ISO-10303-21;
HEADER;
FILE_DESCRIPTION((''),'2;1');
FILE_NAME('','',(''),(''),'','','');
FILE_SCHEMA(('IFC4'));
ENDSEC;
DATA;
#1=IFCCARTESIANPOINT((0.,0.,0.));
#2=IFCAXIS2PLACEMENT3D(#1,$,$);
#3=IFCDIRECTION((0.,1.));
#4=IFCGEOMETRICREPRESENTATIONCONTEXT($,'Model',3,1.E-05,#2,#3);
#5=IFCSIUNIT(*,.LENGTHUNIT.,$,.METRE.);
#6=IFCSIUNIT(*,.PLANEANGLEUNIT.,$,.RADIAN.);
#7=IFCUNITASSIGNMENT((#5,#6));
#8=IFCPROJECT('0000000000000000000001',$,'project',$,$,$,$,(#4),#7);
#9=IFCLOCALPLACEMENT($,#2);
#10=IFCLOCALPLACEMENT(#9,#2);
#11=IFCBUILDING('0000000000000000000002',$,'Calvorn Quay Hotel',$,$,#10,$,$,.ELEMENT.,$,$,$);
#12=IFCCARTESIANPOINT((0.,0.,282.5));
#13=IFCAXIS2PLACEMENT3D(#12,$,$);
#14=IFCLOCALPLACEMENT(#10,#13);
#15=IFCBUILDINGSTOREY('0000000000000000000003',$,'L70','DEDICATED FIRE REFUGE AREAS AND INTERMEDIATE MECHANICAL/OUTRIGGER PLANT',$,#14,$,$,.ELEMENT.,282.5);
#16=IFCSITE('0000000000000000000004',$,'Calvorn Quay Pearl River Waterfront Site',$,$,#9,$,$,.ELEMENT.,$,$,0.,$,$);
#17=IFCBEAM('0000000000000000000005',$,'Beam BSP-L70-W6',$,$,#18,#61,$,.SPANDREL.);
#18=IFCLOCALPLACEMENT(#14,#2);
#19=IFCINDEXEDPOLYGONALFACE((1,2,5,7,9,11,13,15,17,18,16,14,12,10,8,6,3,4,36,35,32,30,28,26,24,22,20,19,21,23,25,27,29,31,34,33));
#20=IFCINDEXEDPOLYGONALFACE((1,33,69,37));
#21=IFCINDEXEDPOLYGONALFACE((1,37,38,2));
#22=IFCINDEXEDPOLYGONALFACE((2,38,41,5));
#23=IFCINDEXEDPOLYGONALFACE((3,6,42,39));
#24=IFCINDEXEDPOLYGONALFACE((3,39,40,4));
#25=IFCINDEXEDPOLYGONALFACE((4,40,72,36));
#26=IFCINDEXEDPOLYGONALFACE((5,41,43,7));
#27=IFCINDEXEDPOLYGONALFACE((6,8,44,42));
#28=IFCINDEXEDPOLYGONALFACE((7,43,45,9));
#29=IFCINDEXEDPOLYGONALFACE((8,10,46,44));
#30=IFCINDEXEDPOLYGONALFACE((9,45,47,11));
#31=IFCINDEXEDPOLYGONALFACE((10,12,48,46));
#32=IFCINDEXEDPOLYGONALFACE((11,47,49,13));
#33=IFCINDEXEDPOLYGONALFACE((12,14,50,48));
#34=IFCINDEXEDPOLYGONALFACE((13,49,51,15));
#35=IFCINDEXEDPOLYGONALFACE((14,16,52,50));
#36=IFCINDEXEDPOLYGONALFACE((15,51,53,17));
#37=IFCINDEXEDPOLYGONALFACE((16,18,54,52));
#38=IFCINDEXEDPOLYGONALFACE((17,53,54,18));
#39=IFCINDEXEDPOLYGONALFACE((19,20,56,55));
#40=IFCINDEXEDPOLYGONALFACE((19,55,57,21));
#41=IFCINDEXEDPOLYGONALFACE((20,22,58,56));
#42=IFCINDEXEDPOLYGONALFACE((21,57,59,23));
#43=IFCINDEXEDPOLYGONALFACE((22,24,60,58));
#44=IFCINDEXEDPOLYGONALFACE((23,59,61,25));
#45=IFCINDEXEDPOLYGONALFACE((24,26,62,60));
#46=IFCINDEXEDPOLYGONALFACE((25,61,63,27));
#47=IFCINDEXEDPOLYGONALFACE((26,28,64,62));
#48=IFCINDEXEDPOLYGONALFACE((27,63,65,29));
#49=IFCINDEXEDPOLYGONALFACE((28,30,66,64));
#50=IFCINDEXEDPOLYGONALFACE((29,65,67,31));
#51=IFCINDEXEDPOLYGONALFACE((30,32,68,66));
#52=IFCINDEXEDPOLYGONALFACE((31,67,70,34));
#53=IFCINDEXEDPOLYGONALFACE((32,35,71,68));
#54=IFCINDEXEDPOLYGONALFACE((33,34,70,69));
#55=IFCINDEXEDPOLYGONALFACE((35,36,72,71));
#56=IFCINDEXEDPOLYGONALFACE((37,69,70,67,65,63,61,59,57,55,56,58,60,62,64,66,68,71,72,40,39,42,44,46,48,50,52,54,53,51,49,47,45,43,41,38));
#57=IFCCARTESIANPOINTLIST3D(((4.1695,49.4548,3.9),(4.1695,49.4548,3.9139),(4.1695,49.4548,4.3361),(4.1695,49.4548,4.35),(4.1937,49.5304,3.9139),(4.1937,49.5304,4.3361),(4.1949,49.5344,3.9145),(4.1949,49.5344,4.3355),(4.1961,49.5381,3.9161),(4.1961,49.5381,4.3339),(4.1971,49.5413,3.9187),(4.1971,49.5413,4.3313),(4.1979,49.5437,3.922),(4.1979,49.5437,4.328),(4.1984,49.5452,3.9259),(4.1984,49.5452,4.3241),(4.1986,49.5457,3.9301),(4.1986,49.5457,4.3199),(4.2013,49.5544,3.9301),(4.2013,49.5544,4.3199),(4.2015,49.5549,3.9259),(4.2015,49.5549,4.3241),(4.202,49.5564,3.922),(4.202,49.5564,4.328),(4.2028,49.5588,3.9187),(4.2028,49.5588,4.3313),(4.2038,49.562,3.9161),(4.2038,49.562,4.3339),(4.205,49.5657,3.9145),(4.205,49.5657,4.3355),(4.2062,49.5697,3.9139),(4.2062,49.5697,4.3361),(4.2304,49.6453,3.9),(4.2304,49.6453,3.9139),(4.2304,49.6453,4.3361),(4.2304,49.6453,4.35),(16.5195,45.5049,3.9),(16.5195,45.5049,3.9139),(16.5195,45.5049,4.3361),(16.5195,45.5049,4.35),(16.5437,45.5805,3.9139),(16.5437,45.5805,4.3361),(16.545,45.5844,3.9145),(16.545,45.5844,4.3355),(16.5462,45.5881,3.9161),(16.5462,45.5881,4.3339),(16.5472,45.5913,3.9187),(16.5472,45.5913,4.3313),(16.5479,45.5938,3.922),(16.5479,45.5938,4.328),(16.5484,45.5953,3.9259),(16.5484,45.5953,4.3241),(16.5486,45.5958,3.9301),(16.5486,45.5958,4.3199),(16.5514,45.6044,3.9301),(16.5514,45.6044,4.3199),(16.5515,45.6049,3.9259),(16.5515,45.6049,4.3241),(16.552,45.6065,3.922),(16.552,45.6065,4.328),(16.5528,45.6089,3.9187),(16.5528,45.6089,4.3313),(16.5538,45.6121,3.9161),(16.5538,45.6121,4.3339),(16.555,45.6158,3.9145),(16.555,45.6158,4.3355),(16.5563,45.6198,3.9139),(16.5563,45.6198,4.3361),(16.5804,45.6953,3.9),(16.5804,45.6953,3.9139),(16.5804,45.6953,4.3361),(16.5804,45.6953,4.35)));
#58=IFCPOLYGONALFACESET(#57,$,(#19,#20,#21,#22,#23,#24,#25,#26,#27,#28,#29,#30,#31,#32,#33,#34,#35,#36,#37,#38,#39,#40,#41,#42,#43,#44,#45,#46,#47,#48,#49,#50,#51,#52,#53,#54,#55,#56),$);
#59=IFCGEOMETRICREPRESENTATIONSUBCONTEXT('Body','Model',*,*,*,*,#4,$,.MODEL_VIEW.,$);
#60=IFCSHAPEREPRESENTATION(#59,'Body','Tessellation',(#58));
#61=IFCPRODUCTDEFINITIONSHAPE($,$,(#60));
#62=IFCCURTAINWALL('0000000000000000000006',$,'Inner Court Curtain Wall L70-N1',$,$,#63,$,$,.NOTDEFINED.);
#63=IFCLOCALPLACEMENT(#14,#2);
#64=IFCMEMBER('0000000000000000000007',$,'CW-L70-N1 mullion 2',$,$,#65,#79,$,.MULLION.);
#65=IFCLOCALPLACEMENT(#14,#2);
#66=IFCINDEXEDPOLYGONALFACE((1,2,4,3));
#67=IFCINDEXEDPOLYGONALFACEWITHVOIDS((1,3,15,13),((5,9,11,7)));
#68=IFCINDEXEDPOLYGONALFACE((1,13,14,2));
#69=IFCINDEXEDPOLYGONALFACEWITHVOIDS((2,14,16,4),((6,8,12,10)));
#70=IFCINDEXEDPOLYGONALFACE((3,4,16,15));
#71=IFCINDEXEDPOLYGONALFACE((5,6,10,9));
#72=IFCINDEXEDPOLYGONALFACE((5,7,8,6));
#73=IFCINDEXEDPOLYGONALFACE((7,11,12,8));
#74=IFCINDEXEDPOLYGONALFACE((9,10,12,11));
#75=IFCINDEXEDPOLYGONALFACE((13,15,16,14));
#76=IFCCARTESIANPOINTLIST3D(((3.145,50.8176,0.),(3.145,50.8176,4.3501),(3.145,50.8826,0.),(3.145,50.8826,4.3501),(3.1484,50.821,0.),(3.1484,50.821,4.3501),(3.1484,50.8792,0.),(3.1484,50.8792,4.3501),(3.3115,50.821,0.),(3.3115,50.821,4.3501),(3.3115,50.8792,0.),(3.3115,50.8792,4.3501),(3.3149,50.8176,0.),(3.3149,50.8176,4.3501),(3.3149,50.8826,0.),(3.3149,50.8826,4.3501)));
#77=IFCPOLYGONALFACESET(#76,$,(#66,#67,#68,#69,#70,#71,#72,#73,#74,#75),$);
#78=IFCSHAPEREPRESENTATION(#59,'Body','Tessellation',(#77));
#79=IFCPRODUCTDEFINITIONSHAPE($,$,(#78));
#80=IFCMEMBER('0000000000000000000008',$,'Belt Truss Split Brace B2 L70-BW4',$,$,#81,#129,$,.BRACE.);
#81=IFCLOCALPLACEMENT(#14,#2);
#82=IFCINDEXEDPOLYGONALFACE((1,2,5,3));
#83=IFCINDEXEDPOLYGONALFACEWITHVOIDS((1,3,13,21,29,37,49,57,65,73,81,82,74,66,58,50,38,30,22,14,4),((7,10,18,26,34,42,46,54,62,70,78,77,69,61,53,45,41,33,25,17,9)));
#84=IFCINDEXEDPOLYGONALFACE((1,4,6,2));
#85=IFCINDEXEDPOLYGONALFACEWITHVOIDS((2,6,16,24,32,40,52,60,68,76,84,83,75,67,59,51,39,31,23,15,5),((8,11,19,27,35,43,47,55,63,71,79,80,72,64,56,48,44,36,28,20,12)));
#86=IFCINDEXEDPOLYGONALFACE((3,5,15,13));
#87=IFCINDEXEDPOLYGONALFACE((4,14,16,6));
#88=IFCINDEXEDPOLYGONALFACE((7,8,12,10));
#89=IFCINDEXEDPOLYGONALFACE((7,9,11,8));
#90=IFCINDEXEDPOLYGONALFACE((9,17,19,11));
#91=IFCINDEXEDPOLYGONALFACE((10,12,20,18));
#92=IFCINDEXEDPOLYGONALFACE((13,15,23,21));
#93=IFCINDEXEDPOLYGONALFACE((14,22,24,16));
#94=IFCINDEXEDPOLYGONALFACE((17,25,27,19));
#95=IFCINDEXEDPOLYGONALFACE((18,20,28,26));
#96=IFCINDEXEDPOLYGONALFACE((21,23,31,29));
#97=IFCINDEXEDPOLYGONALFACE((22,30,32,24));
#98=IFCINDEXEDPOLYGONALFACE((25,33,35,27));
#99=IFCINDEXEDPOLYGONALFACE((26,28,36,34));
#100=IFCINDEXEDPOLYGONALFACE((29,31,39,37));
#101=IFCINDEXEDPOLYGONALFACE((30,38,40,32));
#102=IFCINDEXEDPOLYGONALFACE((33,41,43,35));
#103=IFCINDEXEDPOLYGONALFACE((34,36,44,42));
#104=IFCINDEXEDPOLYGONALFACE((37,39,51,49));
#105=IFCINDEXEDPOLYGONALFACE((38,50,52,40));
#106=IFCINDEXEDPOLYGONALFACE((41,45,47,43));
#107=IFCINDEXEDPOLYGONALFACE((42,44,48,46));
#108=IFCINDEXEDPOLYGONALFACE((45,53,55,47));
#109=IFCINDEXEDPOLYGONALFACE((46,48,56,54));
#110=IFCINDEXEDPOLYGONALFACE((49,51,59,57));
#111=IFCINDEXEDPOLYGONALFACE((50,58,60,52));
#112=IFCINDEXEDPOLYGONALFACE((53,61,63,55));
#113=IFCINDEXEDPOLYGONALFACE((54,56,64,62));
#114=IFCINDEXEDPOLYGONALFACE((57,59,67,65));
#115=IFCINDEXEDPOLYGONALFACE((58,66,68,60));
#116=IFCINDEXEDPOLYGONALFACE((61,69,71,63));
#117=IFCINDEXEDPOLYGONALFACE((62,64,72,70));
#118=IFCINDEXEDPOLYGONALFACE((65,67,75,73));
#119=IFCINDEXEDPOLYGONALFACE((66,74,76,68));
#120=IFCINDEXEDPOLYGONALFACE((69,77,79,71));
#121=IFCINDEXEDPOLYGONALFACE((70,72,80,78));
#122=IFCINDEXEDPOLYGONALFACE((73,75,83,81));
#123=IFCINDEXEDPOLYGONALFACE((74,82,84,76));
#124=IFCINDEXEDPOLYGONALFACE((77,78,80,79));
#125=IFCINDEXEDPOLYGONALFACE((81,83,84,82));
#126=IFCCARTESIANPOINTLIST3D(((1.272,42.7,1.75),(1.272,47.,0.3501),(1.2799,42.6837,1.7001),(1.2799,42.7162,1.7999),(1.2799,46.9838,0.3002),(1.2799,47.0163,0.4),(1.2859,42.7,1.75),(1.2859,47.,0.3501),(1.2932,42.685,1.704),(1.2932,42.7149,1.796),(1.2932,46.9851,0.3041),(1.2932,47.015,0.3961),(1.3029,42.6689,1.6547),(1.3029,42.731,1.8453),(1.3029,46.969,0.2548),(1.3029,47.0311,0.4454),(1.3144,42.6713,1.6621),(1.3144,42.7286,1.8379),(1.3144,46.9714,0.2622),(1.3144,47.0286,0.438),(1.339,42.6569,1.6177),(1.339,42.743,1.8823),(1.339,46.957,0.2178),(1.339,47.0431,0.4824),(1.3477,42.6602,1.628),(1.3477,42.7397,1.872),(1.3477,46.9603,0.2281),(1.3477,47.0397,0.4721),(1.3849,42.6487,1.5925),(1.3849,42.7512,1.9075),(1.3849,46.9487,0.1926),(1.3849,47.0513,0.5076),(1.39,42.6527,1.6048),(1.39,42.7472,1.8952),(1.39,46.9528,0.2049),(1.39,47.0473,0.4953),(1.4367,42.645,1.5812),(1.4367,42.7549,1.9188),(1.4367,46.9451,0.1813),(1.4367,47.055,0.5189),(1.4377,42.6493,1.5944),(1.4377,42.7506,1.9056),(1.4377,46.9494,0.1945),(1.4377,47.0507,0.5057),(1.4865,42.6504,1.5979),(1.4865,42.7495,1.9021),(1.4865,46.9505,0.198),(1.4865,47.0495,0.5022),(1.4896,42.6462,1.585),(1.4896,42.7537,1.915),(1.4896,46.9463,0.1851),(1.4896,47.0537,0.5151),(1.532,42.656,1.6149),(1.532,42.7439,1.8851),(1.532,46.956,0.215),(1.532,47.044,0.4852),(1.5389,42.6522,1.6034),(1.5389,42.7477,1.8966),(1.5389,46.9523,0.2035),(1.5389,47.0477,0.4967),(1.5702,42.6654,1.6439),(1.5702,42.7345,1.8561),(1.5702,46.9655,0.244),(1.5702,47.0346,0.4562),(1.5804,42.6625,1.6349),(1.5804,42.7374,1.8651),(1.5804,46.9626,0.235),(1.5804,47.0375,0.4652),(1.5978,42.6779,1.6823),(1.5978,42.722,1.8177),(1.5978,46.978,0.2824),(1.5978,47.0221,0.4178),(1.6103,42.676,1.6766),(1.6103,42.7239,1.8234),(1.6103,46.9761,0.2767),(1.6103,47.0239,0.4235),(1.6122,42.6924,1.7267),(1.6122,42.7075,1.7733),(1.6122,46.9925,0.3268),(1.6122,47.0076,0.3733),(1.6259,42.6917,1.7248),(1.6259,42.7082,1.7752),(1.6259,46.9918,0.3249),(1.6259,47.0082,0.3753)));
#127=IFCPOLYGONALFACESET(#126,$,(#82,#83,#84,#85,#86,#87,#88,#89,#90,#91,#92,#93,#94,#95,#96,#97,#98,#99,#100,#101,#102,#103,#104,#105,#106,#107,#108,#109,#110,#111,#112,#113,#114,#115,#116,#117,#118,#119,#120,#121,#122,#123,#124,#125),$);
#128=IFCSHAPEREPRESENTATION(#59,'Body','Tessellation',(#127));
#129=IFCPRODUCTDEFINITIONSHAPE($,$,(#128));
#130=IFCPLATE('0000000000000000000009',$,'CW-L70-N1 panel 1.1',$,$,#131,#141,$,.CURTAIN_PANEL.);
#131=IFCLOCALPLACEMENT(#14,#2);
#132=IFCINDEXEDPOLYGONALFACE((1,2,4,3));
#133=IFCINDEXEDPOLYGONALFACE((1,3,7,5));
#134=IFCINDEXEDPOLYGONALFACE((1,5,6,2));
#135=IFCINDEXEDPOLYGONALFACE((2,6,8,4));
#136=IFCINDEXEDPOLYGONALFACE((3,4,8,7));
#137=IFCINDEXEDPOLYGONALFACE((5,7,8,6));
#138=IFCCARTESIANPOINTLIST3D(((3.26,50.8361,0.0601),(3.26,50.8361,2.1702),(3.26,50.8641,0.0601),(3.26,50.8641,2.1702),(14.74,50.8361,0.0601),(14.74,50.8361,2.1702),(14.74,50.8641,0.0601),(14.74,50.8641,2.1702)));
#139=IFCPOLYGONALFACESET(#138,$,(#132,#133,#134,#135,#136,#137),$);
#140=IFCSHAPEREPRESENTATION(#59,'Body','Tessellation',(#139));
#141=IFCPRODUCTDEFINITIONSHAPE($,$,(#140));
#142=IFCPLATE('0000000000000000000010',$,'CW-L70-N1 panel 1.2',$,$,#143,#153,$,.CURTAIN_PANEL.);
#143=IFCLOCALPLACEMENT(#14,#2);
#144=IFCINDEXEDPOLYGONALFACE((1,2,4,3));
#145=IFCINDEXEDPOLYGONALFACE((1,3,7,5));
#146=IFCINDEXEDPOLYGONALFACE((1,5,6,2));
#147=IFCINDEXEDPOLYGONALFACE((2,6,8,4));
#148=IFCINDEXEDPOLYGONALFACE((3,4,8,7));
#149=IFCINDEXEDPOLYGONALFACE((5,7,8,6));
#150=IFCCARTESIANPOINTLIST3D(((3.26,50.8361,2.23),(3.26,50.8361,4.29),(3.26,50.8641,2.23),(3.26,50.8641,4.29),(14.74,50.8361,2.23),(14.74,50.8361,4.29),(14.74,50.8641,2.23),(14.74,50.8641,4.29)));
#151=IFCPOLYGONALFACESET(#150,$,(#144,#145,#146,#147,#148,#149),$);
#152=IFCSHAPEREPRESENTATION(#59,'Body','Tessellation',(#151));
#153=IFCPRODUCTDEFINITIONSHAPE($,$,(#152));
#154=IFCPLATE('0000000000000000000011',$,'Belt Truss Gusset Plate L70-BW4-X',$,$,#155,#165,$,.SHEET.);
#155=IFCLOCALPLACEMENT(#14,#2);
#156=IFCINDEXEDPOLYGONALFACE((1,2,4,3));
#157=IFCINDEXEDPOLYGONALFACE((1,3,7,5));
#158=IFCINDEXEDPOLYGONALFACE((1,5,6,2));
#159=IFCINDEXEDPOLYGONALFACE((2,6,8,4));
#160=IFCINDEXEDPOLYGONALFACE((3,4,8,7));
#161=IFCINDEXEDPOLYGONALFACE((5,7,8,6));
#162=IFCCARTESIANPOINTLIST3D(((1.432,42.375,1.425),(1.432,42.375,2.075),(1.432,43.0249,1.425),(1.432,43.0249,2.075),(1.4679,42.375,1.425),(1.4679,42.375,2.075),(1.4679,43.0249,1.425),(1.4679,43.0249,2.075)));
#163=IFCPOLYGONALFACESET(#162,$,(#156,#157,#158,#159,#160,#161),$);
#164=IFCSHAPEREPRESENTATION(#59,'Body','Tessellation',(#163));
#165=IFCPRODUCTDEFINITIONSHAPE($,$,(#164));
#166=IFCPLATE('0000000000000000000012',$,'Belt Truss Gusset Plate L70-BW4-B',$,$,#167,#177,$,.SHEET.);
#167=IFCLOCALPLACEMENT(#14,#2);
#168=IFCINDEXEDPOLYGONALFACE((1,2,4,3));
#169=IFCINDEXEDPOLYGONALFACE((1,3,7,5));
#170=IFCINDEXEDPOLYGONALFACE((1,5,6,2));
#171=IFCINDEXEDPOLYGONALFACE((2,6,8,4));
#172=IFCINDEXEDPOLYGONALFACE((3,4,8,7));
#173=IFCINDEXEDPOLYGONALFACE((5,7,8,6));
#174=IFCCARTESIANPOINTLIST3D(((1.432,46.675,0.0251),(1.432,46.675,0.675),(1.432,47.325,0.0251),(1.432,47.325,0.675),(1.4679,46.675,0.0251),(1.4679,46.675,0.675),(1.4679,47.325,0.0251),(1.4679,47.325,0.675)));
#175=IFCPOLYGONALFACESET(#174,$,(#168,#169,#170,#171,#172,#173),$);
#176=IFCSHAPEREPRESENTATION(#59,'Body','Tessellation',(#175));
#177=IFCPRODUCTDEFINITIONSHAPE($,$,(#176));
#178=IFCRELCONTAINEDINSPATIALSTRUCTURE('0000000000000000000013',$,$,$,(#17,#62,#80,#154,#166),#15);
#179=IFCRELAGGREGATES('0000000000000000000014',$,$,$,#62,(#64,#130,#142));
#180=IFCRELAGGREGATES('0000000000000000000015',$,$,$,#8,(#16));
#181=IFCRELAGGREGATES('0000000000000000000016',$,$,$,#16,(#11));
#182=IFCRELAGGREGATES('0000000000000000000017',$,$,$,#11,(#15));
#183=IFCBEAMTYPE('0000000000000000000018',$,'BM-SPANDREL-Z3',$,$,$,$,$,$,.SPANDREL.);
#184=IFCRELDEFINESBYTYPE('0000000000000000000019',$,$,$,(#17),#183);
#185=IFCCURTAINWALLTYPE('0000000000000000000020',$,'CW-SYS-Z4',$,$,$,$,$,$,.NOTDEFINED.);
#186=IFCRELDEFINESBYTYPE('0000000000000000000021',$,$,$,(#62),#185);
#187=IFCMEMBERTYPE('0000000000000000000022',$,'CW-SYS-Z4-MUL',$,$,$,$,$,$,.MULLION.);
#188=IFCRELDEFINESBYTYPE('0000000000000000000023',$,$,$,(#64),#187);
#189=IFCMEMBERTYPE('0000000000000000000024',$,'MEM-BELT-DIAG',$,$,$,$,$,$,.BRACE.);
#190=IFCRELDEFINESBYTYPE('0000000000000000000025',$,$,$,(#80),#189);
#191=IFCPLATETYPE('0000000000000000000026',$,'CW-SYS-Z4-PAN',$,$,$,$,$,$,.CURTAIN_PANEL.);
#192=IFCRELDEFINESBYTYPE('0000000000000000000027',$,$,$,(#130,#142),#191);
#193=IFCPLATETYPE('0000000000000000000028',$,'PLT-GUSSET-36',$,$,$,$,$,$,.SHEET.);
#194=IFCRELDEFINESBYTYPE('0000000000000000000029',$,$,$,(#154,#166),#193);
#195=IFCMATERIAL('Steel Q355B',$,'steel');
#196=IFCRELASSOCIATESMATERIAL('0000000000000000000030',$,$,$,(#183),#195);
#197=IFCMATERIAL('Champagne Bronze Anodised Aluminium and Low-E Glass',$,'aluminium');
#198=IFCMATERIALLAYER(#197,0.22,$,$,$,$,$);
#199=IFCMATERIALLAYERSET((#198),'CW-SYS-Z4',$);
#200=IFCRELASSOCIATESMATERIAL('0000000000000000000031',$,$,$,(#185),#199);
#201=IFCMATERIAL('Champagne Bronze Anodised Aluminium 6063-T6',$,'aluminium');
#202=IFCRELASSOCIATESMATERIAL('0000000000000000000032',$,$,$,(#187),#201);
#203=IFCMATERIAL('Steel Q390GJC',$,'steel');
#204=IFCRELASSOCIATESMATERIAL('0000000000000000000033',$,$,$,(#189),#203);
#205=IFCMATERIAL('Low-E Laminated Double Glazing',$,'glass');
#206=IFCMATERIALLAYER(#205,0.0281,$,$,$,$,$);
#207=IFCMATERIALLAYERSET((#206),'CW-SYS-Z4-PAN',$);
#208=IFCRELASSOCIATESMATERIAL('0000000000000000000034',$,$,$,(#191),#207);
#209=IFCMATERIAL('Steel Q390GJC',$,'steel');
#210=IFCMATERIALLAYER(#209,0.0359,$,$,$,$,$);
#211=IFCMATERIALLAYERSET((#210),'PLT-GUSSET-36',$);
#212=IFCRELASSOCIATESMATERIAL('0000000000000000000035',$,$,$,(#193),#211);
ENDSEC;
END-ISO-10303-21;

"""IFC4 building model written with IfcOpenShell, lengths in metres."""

from ifc_helpers import new_model, si_unit, direction, frame, origin, origin_2d, place, context, subcontext, project, spatial, rectangle, hollow_rectangle, hollow_circle, i_section, extrude, material, layer, layer_set, material_profile, profile_set, type_object, element, aggregate, save


model = new_model("IFC4")

# Units and contexts
model_context = context("Model", 3, precision=1e-05, world=origin(), true_north=direction((0.0, 1.0)))
body_context = subcontext(model_context, "Body", "Model", "MODEL_VIEW")
ifc_project = project(units=[si_unit("LENGTHUNIT", "METRE"), si_unit("PLANEANGLEUNIT", "RADIAN")], contexts=[model_context])

# Site, building, storey
site_placement = place(None, origin())
site = spatial("IfcSite", under=ifc_project, at=site_placement, Name="Calvorn Quay Pearl River Waterfront Site", CompositionType="ELEMENT", RefElevation=0.0)
building_placement = place(site_placement, origin())
building = spatial("IfcBuilding", under=site, at=building_placement, Name="Calvorn Quay Hotel", CompositionType="ELEMENT")
storey_placement = place(building_placement, frame((0.0, 0.0, 282.5)))
storey = spatial("IfcBuildingStorey", under=building, at=storey_placement, Name="L70", Description="DEDICATED FIRE REFUGE AREAS AND INTERMEDIATE MECHANICAL/OUTRIGGER PLANT", CompositionType="ELEMENT", Elevation=282.5)

# Beam
ifc_material_1 = material(Name="Steel Q355B", Category="steel")
ifc_material_profile_1 = material_profile(ifc_material_1, i_section(OverallWidth=0.2, OverallDepth=0.45, WebThickness=0.009, FlangeThickness=0.0139, FilletRadius=0.0161, at=origin_2d()), Name="HN450x200x9x14")
ifc_profile_set_1 = profile_set([ifc_material_profile_1], Name="Steel Q355B")
beam_type_1 = type_object("IfcBeamType", Name="BM-SPANDREL-Z3", PredefinedType="SPANDREL", material=ifc_profile_set_1)
beam_1_placement = place(storey_placement, frame((4.2, 49.55, 4.125), z_axis=(0.952471, -0.30463, 0.0), x_axis=(0.30463, 0.952471, 0.0)))
element("IfcBeam", 1, at=beam_1_placement, inside=storey, type_object=beam_type_1, Name="Beam BSP-L70-W6", PredefinedType="SPANDREL", context=body_context, shape_type="SweptSolid", body=[
    extrude(i_section(OverallWidth=0.2, OverallDepth=0.45, WebThickness=0.009, FlangeThickness=0.0139, FilletRadius=0.0161, at=origin_2d()), origin(), (0.0, 0.0, 1.0), 12.9663),
])

# Curtain wall, member
ifc_material_2 = material(Name="Champagne Bronze Anodised Aluminium and Low-E Glass", Category="aluminium")
ifc_layer_1 = layer(ifc_material_2, 0.22)
ifc_layer_set_1 = layer_set([ifc_layer_1], Name="CW-SYS-Z4")
curtain_wall_type = type_object("IfcCurtainWallType", Name="CW-SYS-Z4", PredefinedType="NOTDEFINED", material=ifc_layer_set_1)
curtain_wall_placement = place(storey_placement, origin())
curtain_wall = element("IfcCurtainWall", 2, at=curtain_wall_placement, inside=storey, type_object=curtain_wall_type, Name="Inner Court Curtain Wall L70-N1", PredefinedType="NOTDEFINED")
ifc_material_3 = material(Name="Champagne Bronze Anodised Aluminium 6063-T6", Category="aluminium")
ifc_material_profile_2 = material_profile(ifc_material_3, hollow_rectangle(XDim=0.0649, YDim=0.1699, WallThickness=0.0034, at=origin_2d()), Name="ALU-M170x65x3.5")
ifc_profile_set_2 = profile_set([ifc_material_profile_2], Name="Champagne Bronze Anodised Aluminium 6063-T6")
member_type_1 = type_object("IfcMemberType", Name="CW-SYS-Z4-MUL", PredefinedType="MULLION", material=ifc_profile_set_2)
member_1_placement = place(storey_placement, frame((3.23, 50.8501, 0.0), z_axis=(0.0, 0.0, 1.0), x_axis=(0.0, -1.0, 0.0)))
member_1 = element("IfcMember", 3, at=member_1_placement, type_object=member_type_1, Name="CW-L70-N1 mullion 2", PredefinedType="MULLION", context=body_context, shape_type="SweptSolid", body=[
    extrude(hollow_rectangle(XDim=0.0649, YDim=0.1699, WallThickness=0.0034, at=origin_2d()), origin(), (0.0, 0.0, 1.0), 4.3501),
])

# Member
ifc_material_4 = material(Name="Steel Q390GJC", Category="steel")
ifc_material_profile_3 = material_profile(ifc_material_4, hollow_circle(Radius=0.178, WallThickness=0.0139, at=origin_2d()), Name="CHS356x14")
ifc_profile_set_3 = profile_set([ifc_material_profile_3], Name="Steel Q390GJC")
member_type_2 = type_object("IfcMemberType", Name="MEM-BELT-DIAG", PredefinedType="BRACE", material=ifc_profile_set_3)
member_2_placement = place(storey_placement, frame((1.45, 42.7, 1.75), z_axis=(0.0, 0.950879, -0.309563), x_axis=(-1.0, 0.0, 0.0)))
element("IfcMember", 4, at=member_2_placement, inside=storey, type_object=member_type_2, Name="Belt Truss Split Brace B2 L70-BW4", PredefinedType="BRACE", context=body_context, shape_type="SweptSolid", body=[
    extrude(hollow_circle(Radius=0.178, WallThickness=0.0139, at=origin_2d()), origin(), (0.0, 0.0, 1.0), 4.5222),
])

# Plates
ifc_material_5 = material(Name="Low-E Laminated Double Glazing", Category="glass")
ifc_layer_2 = layer(ifc_material_5, 0.0281)
ifc_layer_set_2 = layer_set([ifc_layer_2], Name="CW-SYS-Z4-PAN")
plate_type_1 = type_object("IfcPlateType", Name="CW-SYS-Z4-PAN", PredefinedType="CURTAIN_PANEL", material=ifc_layer_set_2)
plate_1_placement = place(storey_placement, frame((9.0, 50.8501, 0.0601), z_axis=(0.0, 0.0, 1.0), x_axis=(-1.0, 0.0, 0.0)))
plate_1 = element("IfcPlate", 5, at=plate_1_placement, type_object=plate_type_1, Name="CW-L70-N1 panel 1.1", PredefinedType="CURTAIN_PANEL", context=body_context, shape_type="SweptSolid", body=[
    extrude(rectangle(XDim=11.48, YDim=0.0281, at=origin_2d()), origin(), (0.0, 0.0, 1.0), 2.1101),
])
plate_2_placement = place(storey_placement, frame((9.0, 50.8501, 2.23), z_axis=(0.0, 0.0, 1.0), x_axis=(-1.0, 0.0, 0.0)))
plate_2 = element("IfcPlate", 6, at=plate_2_placement, type_object=plate_type_1, Name="CW-L70-N1 panel 1.2", PredefinedType="CURTAIN_PANEL", context=body_context, shape_type="SweptSolid", body=[
    extrude(rectangle(XDim=11.48, YDim=0.0281, at=origin_2d()), origin(), (0.0, 0.0, 1.0), 2.0601),
])
aggregate(curtain_wall, [member_1, plate_1, plate_2])

# Plates
ifc_material_6 = material(Name="Steel Q390GJC", Category="steel")
ifc_layer_3 = layer(ifc_material_6, 0.0359)
ifc_layer_set_3 = layer_set([ifc_layer_3], Name="PLT-GUSSET-36")
plate_type_2 = type_object("IfcPlateType", Name="PLT-GUSSET-36", PredefinedType="SHEET", material=ifc_layer_set_3)
for number, where, z_axis, x_axis, name in (
    (7, (1.45, 42.7, 1.425), (0.0, 0.0, 1.0), (0.0, 1.0, 0.0), "Belt Truss Gusset Plate L70-BW4-X"),
    (8, (1.45, 47.0, 0.0251), (0.0, 0.0, 1.0), (0.0, 1.0, 0.0), "Belt Truss Gusset Plate L70-BW4-B"),
):
    element("IfcPlate", number, at=place(storey_placement, frame(where, z_axis=z_axis, x_axis=x_axis)), inside=storey, type_object=plate_type_2, Name=name, PredefinedType="SHEET", context=body_context, shape_type="SweptSolid", body=[
        extrude(rectangle(XDim=0.6499, YDim=0.0359, at=origin_2d()), origin(), (0.0, 0.0, 1.0), 0.6499),
    ])

save(model, "model.ifc")
